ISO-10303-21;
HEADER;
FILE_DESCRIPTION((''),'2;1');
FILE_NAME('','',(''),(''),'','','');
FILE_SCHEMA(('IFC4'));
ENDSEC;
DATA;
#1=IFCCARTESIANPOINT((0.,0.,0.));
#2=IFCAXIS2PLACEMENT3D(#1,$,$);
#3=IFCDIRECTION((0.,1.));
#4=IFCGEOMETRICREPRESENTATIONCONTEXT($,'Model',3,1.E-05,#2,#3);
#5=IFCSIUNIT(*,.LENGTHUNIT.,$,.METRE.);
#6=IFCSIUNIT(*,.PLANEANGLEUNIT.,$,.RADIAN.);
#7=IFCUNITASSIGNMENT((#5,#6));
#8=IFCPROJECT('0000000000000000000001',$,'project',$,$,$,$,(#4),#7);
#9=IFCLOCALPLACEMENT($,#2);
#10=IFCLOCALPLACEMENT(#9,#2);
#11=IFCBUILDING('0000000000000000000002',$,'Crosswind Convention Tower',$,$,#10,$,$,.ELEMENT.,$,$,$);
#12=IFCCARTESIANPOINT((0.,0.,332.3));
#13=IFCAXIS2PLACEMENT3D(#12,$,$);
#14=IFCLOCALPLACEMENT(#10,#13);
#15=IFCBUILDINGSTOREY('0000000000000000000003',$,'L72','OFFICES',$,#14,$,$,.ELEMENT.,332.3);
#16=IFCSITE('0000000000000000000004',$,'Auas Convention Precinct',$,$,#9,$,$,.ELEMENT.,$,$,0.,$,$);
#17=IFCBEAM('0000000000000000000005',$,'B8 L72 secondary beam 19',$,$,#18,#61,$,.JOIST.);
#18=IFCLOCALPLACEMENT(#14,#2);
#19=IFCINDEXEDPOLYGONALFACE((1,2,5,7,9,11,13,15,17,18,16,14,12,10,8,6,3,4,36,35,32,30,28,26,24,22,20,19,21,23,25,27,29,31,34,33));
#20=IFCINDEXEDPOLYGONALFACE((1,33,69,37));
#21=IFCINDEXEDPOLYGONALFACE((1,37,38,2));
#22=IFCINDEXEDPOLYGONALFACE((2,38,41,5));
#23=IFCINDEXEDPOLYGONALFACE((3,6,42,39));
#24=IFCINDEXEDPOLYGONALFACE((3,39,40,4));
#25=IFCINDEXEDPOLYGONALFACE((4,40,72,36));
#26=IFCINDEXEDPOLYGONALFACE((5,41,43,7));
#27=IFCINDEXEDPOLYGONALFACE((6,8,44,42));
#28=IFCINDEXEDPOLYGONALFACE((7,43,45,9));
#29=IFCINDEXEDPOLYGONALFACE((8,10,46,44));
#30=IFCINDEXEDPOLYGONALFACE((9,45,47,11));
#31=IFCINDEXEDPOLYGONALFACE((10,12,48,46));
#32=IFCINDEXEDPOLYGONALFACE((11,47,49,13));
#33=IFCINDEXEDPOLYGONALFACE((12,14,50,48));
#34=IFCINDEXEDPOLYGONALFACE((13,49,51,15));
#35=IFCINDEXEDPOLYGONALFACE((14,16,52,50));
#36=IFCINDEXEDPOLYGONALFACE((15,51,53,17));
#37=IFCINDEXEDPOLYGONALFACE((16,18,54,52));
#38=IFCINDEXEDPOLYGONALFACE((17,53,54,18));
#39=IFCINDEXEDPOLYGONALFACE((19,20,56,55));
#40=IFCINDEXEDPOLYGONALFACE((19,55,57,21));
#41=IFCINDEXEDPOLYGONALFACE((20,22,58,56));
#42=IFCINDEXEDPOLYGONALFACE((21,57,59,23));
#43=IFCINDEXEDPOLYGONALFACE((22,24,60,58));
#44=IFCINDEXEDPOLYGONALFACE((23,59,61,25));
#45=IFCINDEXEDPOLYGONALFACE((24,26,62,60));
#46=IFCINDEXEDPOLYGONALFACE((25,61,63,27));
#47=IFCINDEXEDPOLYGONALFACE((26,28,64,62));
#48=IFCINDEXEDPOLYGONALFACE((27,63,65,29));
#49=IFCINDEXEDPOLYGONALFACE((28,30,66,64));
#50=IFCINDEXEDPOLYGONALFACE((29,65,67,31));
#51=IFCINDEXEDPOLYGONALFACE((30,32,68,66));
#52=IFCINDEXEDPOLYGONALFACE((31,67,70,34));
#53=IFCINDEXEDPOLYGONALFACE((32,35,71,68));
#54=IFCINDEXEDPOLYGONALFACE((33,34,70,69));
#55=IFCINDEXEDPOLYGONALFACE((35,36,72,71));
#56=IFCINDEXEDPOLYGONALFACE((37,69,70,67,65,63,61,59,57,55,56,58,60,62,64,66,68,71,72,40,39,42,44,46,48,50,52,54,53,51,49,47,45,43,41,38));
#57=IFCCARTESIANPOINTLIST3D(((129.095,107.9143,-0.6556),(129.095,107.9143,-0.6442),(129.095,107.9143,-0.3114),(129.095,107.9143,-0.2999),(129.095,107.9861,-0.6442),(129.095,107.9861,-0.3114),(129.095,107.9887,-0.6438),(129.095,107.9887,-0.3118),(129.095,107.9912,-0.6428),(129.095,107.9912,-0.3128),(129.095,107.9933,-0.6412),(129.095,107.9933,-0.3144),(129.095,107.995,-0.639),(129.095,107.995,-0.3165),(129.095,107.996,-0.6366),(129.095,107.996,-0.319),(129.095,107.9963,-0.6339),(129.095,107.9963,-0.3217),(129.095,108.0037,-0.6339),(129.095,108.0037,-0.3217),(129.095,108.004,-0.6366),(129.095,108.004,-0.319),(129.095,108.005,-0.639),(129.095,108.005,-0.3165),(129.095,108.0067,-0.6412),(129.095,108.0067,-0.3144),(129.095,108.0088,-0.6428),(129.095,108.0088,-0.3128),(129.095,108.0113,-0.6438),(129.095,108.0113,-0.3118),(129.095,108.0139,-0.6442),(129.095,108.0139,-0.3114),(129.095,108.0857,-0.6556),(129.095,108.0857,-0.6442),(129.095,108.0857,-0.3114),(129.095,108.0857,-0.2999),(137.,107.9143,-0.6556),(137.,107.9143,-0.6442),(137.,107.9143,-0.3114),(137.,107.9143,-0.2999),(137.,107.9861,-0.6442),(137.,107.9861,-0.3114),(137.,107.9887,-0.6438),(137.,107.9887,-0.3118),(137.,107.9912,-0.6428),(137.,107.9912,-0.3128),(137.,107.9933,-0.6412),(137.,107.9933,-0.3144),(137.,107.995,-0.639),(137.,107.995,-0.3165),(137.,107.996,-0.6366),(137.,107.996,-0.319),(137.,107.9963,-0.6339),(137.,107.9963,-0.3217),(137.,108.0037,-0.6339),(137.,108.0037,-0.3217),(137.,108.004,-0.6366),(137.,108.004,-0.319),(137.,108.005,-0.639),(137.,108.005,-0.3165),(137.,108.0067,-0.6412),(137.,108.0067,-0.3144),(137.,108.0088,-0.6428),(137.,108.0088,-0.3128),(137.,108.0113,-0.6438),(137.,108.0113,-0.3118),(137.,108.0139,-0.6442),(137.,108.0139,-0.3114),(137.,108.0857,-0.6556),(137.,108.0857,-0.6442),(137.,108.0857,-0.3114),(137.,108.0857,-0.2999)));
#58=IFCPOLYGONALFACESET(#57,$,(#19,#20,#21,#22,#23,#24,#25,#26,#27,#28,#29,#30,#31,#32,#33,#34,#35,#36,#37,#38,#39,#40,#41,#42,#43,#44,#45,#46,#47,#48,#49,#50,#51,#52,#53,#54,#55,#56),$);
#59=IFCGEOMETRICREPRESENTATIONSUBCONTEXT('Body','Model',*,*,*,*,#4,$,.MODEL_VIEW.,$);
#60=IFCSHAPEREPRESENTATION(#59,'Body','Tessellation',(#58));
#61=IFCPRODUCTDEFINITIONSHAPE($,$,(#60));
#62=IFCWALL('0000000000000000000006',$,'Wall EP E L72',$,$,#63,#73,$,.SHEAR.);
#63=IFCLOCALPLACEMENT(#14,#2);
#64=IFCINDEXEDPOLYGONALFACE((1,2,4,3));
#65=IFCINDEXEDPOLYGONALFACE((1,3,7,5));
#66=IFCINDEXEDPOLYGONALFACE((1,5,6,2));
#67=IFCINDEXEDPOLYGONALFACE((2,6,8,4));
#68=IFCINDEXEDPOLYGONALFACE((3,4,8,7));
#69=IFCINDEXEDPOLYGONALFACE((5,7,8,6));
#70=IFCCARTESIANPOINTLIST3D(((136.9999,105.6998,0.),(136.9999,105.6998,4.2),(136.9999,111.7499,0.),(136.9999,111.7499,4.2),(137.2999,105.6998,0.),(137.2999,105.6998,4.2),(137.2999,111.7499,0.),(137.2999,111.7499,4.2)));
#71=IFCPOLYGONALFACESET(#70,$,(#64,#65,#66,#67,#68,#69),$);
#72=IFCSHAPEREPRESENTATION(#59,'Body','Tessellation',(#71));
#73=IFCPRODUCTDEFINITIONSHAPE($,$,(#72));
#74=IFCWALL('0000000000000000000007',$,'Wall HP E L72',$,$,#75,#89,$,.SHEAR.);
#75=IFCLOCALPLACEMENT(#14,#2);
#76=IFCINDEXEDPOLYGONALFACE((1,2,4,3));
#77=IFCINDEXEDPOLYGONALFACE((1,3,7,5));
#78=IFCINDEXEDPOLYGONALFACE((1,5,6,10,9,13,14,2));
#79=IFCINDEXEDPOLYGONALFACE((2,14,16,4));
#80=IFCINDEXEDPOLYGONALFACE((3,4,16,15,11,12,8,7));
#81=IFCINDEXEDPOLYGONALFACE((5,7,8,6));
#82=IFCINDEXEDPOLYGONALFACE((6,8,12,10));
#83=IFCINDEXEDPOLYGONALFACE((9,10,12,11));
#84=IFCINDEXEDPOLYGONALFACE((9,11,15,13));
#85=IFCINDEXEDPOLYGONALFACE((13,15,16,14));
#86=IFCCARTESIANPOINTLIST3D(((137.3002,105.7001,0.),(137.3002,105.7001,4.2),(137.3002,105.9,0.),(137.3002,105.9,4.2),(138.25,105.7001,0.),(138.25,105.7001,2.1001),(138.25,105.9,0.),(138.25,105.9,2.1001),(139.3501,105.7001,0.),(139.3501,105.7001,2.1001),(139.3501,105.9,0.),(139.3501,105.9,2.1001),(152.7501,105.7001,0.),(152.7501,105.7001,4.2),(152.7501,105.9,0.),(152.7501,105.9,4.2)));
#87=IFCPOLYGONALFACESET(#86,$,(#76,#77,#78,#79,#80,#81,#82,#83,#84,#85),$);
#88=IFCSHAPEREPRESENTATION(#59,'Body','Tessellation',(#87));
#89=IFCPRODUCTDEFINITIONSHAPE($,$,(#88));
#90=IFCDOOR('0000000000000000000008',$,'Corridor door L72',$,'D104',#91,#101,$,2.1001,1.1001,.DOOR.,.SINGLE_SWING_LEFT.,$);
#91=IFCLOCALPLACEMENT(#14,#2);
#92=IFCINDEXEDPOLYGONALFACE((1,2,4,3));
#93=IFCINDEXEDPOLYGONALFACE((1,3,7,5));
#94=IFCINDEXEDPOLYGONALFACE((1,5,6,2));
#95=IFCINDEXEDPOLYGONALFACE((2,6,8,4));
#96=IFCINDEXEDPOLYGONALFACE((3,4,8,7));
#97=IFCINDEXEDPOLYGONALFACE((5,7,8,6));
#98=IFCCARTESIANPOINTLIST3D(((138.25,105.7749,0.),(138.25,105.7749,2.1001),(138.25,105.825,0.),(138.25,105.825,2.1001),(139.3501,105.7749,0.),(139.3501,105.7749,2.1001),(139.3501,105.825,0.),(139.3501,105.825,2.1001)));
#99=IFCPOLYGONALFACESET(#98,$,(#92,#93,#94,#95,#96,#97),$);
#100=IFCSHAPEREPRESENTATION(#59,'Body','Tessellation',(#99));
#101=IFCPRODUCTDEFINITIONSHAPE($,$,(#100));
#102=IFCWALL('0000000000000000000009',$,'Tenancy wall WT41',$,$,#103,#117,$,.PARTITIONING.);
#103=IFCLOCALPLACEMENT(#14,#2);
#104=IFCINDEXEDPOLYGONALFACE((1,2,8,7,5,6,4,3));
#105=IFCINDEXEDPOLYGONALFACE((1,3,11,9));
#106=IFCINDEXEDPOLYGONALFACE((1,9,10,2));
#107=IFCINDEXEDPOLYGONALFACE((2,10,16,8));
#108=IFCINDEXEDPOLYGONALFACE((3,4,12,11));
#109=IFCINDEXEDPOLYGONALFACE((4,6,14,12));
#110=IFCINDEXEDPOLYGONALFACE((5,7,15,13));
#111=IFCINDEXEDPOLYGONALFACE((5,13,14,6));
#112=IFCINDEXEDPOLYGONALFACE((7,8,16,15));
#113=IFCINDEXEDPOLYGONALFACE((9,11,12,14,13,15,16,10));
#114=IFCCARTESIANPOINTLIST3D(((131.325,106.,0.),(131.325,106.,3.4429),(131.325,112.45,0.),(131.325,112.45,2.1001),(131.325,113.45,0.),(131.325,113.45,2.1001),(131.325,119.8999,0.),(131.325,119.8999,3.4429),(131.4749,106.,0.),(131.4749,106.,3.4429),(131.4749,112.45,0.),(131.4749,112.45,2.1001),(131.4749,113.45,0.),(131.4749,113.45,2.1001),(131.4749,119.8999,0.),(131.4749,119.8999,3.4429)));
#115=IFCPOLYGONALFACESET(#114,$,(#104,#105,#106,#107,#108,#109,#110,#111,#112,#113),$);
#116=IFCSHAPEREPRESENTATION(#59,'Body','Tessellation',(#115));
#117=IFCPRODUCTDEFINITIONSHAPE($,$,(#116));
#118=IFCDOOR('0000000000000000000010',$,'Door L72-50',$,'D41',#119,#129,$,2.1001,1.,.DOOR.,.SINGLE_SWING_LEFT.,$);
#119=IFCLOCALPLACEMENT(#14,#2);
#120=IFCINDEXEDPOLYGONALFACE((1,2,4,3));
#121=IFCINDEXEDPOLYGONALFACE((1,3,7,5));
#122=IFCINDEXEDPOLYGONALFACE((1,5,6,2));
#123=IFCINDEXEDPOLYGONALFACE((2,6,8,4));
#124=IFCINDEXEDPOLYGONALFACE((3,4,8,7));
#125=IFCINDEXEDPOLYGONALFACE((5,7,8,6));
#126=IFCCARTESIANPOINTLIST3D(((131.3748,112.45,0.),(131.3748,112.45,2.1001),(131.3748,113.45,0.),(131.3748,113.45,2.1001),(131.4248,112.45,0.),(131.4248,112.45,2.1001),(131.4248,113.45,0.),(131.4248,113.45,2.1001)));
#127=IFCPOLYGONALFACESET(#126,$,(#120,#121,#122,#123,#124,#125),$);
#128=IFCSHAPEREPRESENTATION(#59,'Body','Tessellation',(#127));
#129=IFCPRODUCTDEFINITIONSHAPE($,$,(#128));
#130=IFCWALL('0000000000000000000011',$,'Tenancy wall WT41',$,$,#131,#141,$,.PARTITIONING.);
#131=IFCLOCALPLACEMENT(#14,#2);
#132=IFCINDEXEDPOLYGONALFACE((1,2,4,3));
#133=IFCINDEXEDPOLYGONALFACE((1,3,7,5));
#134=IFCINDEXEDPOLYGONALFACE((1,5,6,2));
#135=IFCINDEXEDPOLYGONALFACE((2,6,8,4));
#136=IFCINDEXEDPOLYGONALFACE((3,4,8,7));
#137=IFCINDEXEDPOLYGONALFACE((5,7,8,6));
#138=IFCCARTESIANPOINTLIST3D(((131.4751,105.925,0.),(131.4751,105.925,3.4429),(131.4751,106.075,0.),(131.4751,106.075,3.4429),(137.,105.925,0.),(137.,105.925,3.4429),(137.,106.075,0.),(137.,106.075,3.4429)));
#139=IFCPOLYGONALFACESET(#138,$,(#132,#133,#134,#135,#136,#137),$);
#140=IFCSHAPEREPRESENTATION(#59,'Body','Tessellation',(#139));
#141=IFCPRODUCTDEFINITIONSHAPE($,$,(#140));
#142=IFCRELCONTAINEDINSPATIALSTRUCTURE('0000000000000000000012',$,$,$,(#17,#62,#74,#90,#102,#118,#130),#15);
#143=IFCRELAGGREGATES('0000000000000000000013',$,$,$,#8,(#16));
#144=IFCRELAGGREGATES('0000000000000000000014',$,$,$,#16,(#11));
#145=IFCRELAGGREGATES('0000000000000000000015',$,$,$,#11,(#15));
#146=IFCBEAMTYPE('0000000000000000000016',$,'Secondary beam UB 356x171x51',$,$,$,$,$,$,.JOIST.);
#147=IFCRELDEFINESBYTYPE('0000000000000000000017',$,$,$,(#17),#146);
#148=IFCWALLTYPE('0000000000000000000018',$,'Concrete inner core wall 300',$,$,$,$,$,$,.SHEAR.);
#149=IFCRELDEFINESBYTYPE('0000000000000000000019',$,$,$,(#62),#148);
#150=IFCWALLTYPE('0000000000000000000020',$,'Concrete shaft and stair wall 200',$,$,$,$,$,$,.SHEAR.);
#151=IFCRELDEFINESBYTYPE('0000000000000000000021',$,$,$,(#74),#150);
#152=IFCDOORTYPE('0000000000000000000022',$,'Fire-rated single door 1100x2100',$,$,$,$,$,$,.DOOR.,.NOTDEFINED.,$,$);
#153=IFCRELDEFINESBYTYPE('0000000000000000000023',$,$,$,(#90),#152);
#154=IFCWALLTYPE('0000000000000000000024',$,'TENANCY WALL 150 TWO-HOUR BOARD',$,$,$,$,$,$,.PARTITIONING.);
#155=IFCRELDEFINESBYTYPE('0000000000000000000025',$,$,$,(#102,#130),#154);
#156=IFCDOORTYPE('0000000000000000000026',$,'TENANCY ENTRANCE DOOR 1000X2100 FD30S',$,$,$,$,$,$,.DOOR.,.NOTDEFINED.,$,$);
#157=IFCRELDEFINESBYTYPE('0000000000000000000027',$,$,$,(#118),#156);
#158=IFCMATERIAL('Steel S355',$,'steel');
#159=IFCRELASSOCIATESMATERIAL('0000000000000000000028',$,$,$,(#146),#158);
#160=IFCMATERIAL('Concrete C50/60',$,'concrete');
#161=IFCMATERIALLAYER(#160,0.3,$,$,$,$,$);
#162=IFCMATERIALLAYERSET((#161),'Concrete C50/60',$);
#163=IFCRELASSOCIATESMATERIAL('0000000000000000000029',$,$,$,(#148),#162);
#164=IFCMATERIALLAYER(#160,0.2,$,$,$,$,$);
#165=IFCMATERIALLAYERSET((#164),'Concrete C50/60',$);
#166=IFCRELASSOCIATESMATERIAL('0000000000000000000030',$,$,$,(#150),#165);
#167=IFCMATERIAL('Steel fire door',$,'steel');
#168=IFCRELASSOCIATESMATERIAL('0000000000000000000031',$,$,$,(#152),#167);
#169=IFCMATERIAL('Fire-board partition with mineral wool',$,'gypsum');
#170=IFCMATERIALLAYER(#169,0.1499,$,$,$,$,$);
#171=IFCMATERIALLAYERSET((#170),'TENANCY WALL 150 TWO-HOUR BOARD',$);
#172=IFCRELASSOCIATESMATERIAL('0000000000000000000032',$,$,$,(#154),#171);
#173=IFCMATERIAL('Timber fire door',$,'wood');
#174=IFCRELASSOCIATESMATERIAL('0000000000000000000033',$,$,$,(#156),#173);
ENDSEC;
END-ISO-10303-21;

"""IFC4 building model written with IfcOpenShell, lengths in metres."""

from ifc_helpers import new_model, si_unit, direction, frame, frame_2d, origin, origin_2d, place, context, subcontext, project, spatial, rectangle, i_section, extrude, material, layer, layer_set, material_profile, profile_set, type_object, element, fill, save


model = new_model("IFC4")

# Units and contexts
model_context = context("Model", 3, precision=1e-05, world=origin(), true_north=direction((0.0, 1.0)))
body_context = subcontext(model_context, "Body", "Model", "MODEL_VIEW")
ifc_project = project(units=[si_unit("LENGTHUNIT", "METRE"), si_unit("PLANEANGLEUNIT", "RADIAN")], contexts=[model_context])

# Site, building, storey
site_placement = place(None, origin())
site = spatial("IfcSite", under=ifc_project, at=site_placement, Name="Auas Convention Precinct", CompositionType="ELEMENT", RefElevation=0.0)
building_placement = place(site_placement, origin())
building = spatial("IfcBuilding", under=site, at=building_placement, Name="Crosswind Convention Tower", CompositionType="ELEMENT")
storey_placement = place(building_placement, frame((0.0, 0.0, 332.3)))
storey = spatial("IfcBuildingStorey", under=building, at=storey_placement, Name="L72", Description="OFFICES", CompositionType="ELEMENT", Elevation=332.3)

# Beam
ifc_material_1 = material(Name="Steel S355", Category="steel")
ifc_material_profile_1 = material_profile(ifc_material_1, i_section(OverallWidth=0.1714, OverallDepth=0.3557, WebThickness=0.0073, FlangeThickness=0.0115, FilletRadius=0.0103, at=origin_2d()), Name="UB 356x171x51")
ifc_profile_set_1 = profile_set([ifc_material_profile_1], Name="Steel S355")
beam_type_1 = type_object("IfcBeamType", Name="Secondary beam UB 356x171x51", PredefinedType="JOIST", material=ifc_profile_set_1)
for number, where, z_axis, x_axis, name in (
    (1, (129.095, 108.0, -0.4778), (1.0, 0.0, 0.0), (0.0, 1.0, 0.0), "B8 L72 secondary beam 19"),
):
    element("IfcBeam", number, at=place(storey_placement, frame(where, z_axis=z_axis, x_axis=x_axis)), inside=storey, type_object=beam_type_1, Name=name, PredefinedType="JOIST", context=body_context, shape_type="SweptSolid", body=[
        extrude(i_section(OverallWidth=0.1714, OverallDepth=0.3557, WebThickness=0.0073, FlangeThickness=0.0115, FilletRadius=0.0103, at=origin_2d()), origin(), (0.0, 0.0, 1.0), 7.905),
    ])

# Wall
ifc_material_2 = material(Name="Concrete C50/60", Category="concrete")
ifc_layer_1 = layer(ifc_material_2, 0.3)
ifc_layer_set_1 = layer_set([ifc_layer_1], Name="Concrete C50/60")
wall_type_1 = type_object("IfcWallType", Name="Concrete inner core wall 300", PredefinedType="SHEAR", material=ifc_layer_set_1)
wall_1_placement = place(storey_placement, frame((137.1499, 105.7, 0.0), z_axis=(0.0, 0.0, 1.0), x_axis=(0.0, 1.0, 0.0)))
element("IfcWall", 2, at=wall_1_placement, inside=storey, type_object=wall_type_1, Name="Wall EP E L72", PredefinedType="SHEAR", context=body_context, shape_type="SweptSolid", body=[
    extrude(rectangle(XDim=6.05, YDim=0.3, at=frame_2d((3.0249, 0.0))), origin(), (0.0, 0.0, 1.0), 4.2),
])

# Walls, openings, doors
ifc_layer_2 = layer(ifc_material_2, 0.2)
ifc_layer_set_2 = layer_set([ifc_layer_2], Name="Concrete C50/60")
wall_type_2 = type_object("IfcWallType", Name="Concrete shaft and stair wall 200", PredefinedType="SHEAR", material=ifc_layer_set_2)
wall_2_placement = place(storey_placement, frame((137.3, 105.8, 0.0), z_axis=(0.0, 0.0, 1.0), x_axis=(1.0, 0.0, 0.0)))
wall_2 = element("IfcWall", 3, at=wall_2_placement, inside=storey, type_object=wall_type_2, Name="Wall HP E L72", PredefinedType="SHEAR", context=body_context, shape_type="SweptSolid", body=[
    extrude(rectangle(XDim=15.45, YDim=0.2, at=frame_2d((7.7251, 0.0))), origin(), (0.0, 0.0, 1.0), 4.2),
])
opening_1_placement = place(wall_2_placement, frame((0.95, 0.0, 0.0)))
opening_1 = element("IfcOpeningElement", 4, at=opening_1_placement, cuts=wall_2, PredefinedType="OPENING", context=body_context, shape_type="SweptSolid", body=[
    extrude(rectangle(XDim=1.1001, YDim=2.1001, at=frame_2d((0.55, 1.05))), frame((0.0, 0.1099, 0.0), z_axis=(0.0, -1.0, 0.0), x_axis=(1.0, 0.0, 0.0)), (0.0, 0.0, 1.0), 0.22),
])
ifc_material_3 = material(Name="Steel fire door", Category="steel")
door_type_1 = type_object("IfcDoorType", Name="Fire-rated single door 1100x2100", OperationType="NOTDEFINED", PredefinedType="DOOR", material=ifc_material_3)
door_1_placement = place(opening_1_placement, origin())
door_1 = element("IfcDoor", 5, at=door_1_placement, inside=storey, type_object=door_type_1, Name="Corridor door L72", ObjectType="D104", OperationType="SINGLE_SWING_LEFT", OverallHeight=2.1001, OverallWidth=1.1001, PredefinedType="DOOR", context=body_context, shape_type="SweptSolid", body=[
    extrude(rectangle(XDim=1.1001, YDim=2.1001, at=frame_2d((0.55, 1.05))), frame((0.0, 0.0249, 0.0), z_axis=(0.0, -1.0, 0.0), x_axis=(1.0, 0.0, 0.0)), (0.0, 0.0, 1.0), 0.05),
])
fill(opening_1, door_1)
ifc_material_4 = material(Name="Fire-board partition with mineral wool", Category="gypsum")
ifc_layer_3 = layer(ifc_material_4, 0.1499)
ifc_layer_set_3 = layer_set([ifc_layer_3], Name="TENANCY WALL 150 TWO-HOUR BOARD")
wall_type_3 = type_object("IfcWallType", Name="TENANCY WALL 150 TWO-HOUR BOARD", PredefinedType="PARTITIONING", material=ifc_layer_set_3)
wall_3_placement = place(storey_placement, frame((131.3999, 106.0, 0.0), z_axis=(0.0, 0.0, 1.0), x_axis=(0.0, 1.0, 0.0)))
wall_3 = element("IfcWall", 6, at=wall_3_placement, inside=storey, type_object=wall_type_3, Name="Tenancy wall WT41", PredefinedType="PARTITIONING", context=body_context, shape_type="SweptSolid", body=[
    extrude(rectangle(XDim=13.8999, YDim=0.1499, at=frame_2d((6.95, 0.0))), origin(), (0.0, 0.0, 1.0), 3.4429),
])
opening_2_placement = place(wall_3_placement, frame((6.45, 0.0, 0.0)))
opening_2 = element("IfcOpeningElement", 7, at=opening_2_placement, cuts=wall_3, PredefinedType="OPENING", context=body_context, shape_type="SweptSolid", body=[
    extrude(rectangle(XDim=1.0, YDim=2.1001, at=frame_2d((0.5, 1.05))), frame((0.0, 0.085, 0.0), z_axis=(0.0, -1.0, 0.0), x_axis=(1.0, 0.0, 0.0)), (0.0, 0.0, 1.0), 0.1699),
])
ifc_material_5 = material(Name="Timber fire door", Category="wood")
door_type_2 = type_object("IfcDoorType", Name="TENANCY ENTRANCE DOOR 1000X2100 FD30S", OperationType="NOTDEFINED", PredefinedType="DOOR", material=ifc_material_5)
door_2_placement = place(opening_2_placement, frame((1.0, 0.0, 0.0), z_axis=(0.0, 0.0, 1.0), x_axis=(-1.0, 0.0, 0.0)))
door_2 = element("IfcDoor", 8, at=door_2_placement, inside=storey, type_object=door_type_2, Name="Door L72-50", ObjectType="D41", OperationType="SINGLE_SWING_LEFT", OverallHeight=2.1001, OverallWidth=1.0, PredefinedType="DOOR", context=body_context, shape_type="SweptSolid", body=[
    extrude(rectangle(XDim=1.0, YDim=2.1001, at=frame_2d((0.5, 1.05))), frame((0.0, 0.0249, 0.0), z_axis=(0.0, -1.0, 0.0), x_axis=(1.0, 0.0, 0.0)), (0.0, 0.0, 1.0), 0.05),
])
fill(opening_2, door_2)

# Wall
wall_4_placement = place(storey_placement, frame((131.4751, 106.0, 0.0), z_axis=(0.0, 0.0, 1.0), x_axis=(1.0, 0.0, 0.0)))
element("IfcWall", 9, at=wall_4_placement, inside=storey, type_object=wall_type_3, Name="Tenancy wall WT41", PredefinedType="PARTITIONING", context=body_context, shape_type="SweptSolid", body=[
    extrude(rectangle(XDim=5.5249, YDim=0.1499, at=frame_2d((2.7625, 0.0))), origin(), (0.0, 0.0, 1.0), 3.4429),
])

save(model, "model.ifc")
